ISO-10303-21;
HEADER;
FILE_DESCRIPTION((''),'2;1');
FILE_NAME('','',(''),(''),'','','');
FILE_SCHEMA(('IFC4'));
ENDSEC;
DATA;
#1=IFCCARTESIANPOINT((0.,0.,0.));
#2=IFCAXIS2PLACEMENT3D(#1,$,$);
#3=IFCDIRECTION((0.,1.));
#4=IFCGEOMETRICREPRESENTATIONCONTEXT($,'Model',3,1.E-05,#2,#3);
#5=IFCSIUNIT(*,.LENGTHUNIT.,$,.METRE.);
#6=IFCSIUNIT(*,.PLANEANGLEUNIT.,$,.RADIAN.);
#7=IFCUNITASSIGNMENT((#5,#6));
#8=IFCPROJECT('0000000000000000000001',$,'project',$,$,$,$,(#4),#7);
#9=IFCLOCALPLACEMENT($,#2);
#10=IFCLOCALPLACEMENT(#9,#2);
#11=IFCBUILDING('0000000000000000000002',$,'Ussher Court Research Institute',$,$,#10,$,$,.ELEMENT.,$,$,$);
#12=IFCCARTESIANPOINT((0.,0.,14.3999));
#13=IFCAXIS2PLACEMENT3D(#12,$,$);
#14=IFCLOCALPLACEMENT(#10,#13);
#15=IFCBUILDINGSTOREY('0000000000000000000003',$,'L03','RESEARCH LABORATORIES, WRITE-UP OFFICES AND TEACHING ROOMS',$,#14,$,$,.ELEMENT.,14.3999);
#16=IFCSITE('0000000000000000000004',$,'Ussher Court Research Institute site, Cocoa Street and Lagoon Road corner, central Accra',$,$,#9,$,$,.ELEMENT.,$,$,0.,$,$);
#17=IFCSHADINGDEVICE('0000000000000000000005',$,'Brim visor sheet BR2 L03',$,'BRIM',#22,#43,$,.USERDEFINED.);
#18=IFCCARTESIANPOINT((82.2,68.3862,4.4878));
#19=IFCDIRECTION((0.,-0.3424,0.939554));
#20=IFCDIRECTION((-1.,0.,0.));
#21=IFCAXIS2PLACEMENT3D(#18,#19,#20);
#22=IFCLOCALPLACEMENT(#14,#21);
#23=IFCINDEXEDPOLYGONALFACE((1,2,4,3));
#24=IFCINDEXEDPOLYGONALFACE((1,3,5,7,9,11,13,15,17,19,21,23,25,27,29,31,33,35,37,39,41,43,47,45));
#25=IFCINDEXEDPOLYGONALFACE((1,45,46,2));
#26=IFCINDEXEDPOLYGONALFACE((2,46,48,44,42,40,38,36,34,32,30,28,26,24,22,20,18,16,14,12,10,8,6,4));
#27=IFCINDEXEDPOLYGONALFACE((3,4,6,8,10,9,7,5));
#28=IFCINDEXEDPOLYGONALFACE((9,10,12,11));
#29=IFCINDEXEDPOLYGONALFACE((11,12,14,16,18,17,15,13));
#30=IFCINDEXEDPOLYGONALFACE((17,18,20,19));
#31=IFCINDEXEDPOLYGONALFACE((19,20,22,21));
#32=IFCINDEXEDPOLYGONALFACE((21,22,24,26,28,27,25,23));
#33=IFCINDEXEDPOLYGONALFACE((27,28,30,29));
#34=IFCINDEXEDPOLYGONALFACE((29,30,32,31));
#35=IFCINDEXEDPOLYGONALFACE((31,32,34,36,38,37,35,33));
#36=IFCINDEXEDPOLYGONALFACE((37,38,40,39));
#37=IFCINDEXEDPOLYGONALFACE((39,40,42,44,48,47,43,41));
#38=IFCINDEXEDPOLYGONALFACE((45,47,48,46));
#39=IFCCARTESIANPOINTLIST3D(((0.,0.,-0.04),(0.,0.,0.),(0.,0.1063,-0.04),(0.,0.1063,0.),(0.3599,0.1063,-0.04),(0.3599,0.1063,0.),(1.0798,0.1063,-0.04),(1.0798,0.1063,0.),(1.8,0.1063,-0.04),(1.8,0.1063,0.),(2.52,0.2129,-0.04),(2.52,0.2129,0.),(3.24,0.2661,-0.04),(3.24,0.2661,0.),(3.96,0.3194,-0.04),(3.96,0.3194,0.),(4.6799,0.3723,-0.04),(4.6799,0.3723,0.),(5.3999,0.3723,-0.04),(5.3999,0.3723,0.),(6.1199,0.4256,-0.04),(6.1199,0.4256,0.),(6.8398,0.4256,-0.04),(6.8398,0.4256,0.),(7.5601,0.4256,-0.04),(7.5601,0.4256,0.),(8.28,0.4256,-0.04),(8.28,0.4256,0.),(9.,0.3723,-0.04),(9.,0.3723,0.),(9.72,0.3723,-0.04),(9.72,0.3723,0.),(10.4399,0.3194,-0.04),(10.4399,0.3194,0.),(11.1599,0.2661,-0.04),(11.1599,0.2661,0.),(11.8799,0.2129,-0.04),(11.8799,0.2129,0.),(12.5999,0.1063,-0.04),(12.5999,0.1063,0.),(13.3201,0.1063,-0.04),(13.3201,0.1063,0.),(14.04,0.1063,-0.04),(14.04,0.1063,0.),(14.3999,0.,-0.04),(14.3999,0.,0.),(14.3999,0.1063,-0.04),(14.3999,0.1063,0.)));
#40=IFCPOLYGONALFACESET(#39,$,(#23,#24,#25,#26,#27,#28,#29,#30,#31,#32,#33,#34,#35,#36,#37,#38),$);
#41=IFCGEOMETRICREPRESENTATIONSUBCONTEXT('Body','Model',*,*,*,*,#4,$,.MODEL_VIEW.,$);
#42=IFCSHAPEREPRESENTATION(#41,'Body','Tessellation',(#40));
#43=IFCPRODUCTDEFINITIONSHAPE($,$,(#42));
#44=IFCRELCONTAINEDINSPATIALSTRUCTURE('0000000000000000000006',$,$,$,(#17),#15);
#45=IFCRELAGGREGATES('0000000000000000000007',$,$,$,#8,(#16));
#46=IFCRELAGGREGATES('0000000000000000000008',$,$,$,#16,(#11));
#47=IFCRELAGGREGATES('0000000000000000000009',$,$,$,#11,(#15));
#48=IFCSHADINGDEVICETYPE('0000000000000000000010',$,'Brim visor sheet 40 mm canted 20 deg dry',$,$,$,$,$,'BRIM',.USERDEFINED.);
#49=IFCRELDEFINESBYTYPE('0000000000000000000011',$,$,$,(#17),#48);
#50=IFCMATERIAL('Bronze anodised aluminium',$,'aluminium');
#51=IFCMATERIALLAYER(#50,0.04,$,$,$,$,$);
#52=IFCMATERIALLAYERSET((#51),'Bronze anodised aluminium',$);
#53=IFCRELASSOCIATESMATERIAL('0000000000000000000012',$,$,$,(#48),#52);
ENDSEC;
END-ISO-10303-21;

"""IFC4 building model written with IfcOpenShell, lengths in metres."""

from ifc_helpers import new_model, si_unit, direction, frame, origin, place, context, subcontext, project, spatial, polyline, outline, extrude, material, layer, layer_set, type_object, element, save


model = new_model("IFC4")

# Units and contexts
model_context = context("Model", 3, precision=1e-05, world=origin(), true_north=direction((0.0, 1.0)))
body_context = subcontext(model_context, "Body", "Model", "MODEL_VIEW")
ifc_project = project(units=[si_unit("LENGTHUNIT", "METRE"), si_unit("PLANEANGLEUNIT", "RADIAN")], contexts=[model_context])

# Site, building, storey
site_placement = place(None, origin())
site = spatial("IfcSite", under=ifc_project, at=site_placement, Name="Ussher Court Research Institute site, Cocoa Street and Lagoon Road corner, central Accra", CompositionType="ELEMENT", RefElevation=0.0)
building_placement = place(site_placement, origin())
building = spatial("IfcBuilding", under=site, at=building_placement, Name="Ussher Court Research Institute", CompositionType="ELEMENT")
storey_placement = place(building_placement, frame((0.0, 0.0, 14.3999)))
storey = spatial("IfcBuildingStorey", under=building, at=storey_placement, Name="L03", Description="RESEARCH LABORATORIES, WRITE-UP OFFICES AND TEACHING ROOMS", CompositionType="ELEMENT", Elevation=14.3999)

# Shading device
ifc_material_1 = material(Name="Bronze anodised aluminium", Category="aluminium")
ifc_layer_1 = layer(ifc_material_1, 0.04)
ifc_layer_set_1 = layer_set([ifc_layer_1], Name="Bronze anodised aluminium")
shading_device_type_1 = type_object("IfcShadingDeviceType", Name="Brim visor sheet 40 mm canted 20 deg dry", ElementType="BRIM", PredefinedType="USERDEFINED", material=ifc_layer_set_1)
shading_device_1_placement = place(storey_placement, frame((82.2, 68.3862, 4.4878), z_axis=(0.0, -0.3424, 0.939554), x_axis=(-1.0, 0.0, 0.0)))
element("IfcShadingDevice", 1, at=shading_device_1_placement, inside=storey, type_object=shading_device_type_1, Name="Brim visor sheet BR2 L03", ObjectType="BRIM", PredefinedType="USERDEFINED", context=body_context, shape_type="SweptSolid", body=[
    extrude(outline(polyline([(0.0, 0.0), (14.3999, 0.0), (14.3999, 0.1063), (14.04, 0.1063), (13.3201, 0.1063), (12.5999, 0.1063), (11.8799, 0.2129), (11.1599, 0.2661), (10.4399, 0.3194), (9.72, 0.3723), (9.0, 0.3723), (8.28, 0.4256), (7.5601, 0.4256), (6.8398, 0.4256), (6.1199, 0.4256), (5.3999, 0.3723), (4.6799, 0.3723), (3.96, 0.3194), (3.24, 0.2661), (2.52, 0.2129), (1.8, 0.1063), (1.0798, 0.1063), (0.3599, 0.1063), (0.0, 0.1063), (0.0, 0.0)])), origin(), (0.0, 0.0, -1.0), 0.04),
])

save(model, "model.ifc")
